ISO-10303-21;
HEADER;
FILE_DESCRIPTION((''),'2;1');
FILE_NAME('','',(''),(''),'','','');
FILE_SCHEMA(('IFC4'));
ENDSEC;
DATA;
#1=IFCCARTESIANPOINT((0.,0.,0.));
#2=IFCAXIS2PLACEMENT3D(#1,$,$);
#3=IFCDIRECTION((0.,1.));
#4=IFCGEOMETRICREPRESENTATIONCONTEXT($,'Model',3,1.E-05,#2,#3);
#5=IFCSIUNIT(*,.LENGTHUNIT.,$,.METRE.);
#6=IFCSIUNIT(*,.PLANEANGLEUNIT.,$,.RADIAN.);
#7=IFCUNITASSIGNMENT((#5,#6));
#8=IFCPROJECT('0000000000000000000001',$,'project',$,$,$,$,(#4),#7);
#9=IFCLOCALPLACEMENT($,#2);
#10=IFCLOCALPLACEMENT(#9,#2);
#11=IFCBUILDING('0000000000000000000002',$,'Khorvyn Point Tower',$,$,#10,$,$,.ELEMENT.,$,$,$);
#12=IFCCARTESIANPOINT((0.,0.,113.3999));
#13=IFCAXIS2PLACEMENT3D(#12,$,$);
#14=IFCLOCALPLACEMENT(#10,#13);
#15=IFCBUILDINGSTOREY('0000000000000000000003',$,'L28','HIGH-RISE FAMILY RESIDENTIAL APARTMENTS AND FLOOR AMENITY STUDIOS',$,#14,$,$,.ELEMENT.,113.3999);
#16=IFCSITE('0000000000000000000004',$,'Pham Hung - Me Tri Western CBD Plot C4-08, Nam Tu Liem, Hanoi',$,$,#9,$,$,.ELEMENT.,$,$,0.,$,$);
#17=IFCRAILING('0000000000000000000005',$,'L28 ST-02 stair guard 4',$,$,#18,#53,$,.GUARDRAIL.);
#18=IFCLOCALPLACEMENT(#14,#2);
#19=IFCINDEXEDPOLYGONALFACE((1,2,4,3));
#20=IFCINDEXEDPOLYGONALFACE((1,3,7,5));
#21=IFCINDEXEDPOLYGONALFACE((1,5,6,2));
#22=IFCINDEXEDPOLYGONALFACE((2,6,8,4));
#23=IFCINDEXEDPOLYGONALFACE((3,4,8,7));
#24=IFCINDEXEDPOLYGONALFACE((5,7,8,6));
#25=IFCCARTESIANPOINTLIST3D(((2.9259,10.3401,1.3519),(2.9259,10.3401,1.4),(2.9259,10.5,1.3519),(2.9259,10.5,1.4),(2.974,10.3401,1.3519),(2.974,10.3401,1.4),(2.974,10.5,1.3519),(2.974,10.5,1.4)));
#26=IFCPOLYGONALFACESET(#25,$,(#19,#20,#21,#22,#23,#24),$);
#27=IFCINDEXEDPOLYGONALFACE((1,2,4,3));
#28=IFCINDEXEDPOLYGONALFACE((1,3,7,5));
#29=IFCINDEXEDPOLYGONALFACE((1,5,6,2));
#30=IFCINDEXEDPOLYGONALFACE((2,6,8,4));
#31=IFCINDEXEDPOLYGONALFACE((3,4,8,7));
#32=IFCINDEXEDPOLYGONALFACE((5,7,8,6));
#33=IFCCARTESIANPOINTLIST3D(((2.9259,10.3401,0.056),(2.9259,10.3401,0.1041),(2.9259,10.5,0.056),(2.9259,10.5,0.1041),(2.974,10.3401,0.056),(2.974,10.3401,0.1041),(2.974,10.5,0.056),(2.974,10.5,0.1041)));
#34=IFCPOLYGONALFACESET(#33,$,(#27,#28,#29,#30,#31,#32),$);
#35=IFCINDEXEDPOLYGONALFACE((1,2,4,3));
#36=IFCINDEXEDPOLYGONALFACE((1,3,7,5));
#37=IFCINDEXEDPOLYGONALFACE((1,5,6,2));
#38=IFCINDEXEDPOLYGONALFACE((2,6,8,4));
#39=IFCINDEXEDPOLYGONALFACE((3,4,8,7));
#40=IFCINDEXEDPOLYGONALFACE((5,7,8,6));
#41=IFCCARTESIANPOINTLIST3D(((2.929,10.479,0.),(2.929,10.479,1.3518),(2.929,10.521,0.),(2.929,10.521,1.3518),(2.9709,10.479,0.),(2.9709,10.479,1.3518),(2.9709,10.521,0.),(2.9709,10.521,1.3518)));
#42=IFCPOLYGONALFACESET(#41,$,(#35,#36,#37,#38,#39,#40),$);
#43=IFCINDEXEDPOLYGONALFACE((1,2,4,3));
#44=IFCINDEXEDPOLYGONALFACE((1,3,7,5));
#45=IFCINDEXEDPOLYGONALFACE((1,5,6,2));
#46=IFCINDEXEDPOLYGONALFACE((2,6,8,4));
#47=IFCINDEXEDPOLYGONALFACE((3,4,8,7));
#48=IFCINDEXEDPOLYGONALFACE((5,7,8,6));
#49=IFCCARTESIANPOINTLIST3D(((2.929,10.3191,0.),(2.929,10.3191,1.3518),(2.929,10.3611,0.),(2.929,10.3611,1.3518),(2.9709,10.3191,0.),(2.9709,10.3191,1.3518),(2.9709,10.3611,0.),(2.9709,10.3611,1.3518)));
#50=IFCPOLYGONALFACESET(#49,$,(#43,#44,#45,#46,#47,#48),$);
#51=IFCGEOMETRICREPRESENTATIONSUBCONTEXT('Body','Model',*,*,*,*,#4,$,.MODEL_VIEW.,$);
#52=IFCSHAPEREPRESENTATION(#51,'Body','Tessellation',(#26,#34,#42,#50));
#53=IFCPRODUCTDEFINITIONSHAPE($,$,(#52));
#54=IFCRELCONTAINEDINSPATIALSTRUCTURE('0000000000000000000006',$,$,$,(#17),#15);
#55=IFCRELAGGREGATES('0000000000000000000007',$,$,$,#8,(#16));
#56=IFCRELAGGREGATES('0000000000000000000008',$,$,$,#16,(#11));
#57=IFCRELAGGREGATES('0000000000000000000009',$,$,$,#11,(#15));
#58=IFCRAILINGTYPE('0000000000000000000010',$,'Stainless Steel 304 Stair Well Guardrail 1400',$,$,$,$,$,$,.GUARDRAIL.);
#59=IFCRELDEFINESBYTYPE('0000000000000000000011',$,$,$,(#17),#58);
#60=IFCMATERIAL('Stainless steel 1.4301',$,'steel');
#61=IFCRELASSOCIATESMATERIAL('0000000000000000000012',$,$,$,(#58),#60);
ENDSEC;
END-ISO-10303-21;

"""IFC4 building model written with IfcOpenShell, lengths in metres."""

from ifc_helpers import new_model, si_unit, direction, frame, origin, origin_2d, place, context, subcontext, project, spatial, rectangle, extrude, material, type_object, element, save


model = new_model("IFC4")

# Units and contexts
model_context = context("Model", 3, precision=1e-05, world=origin(), true_north=direction((0.0, 1.0)))
body_context = subcontext(model_context, "Body", "Model", "MODEL_VIEW")
ifc_project = project(units=[si_unit("LENGTHUNIT", "METRE"), si_unit("PLANEANGLEUNIT", "RADIAN")], contexts=[model_context])

# Site, building, storey
site_placement = place(None, origin())
site = spatial("IfcSite", under=ifc_project, at=site_placement, Name="Pham Hung - Me Tri Western CBD Plot C4-08, Nam Tu Liem, Hanoi", CompositionType="ELEMENT", RefElevation=0.0)
building_placement = place(site_placement, origin())
building = spatial("IfcBuilding", under=site, at=building_placement, Name="Khorvyn Point Tower", CompositionType="ELEMENT")
storey_placement = place(building_placement, frame((0.0, 0.0, 113.3999)))
storey = spatial("IfcBuildingStorey", under=building, at=storey_placement, Name="L28", Description="HIGH-RISE FAMILY RESIDENTIAL APARTMENTS AND FLOOR AMENITY STUDIOS", CompositionType="ELEMENT", Elevation=113.3999)

# Shared definitions
ifc_material_1 = material(Name="Stainless steel 1.4301", Category="steel")

# Railing
railing_type_1 = type_object("IfcRailingType", Name="Stainless Steel 304 Stair Well Guardrail 1400", PredefinedType="GUARDRAIL", material=ifc_material_1)
railing_1_placement = place(storey_placement, frame((2.95, 10.5, 0.0)))
element("IfcRailing", 1, at=railing_1_placement, inside=storey, type_object=railing_type_1, Name="L28 ST-02 stair guard 4", PredefinedType="GUARDRAIL", context=body_context, shape_type="SweptSolid", body=[
    extrude(rectangle(XDim=0.0481, YDim=0.0481, at=origin_2d()), frame((0.0, 0.0, 1.376), z_axis=(0.0, -1.0, 0.0), x_axis=(1.0, 0.0, 0.0)), (0.0, 0.0, 1.0), 0.1599),
    extrude(rectangle(XDim=0.0481, YDim=0.0481, at=origin_2d()), frame((0.0, 0.0, 0.0801), z_axis=(0.0, -1.0, 0.0), x_axis=(1.0, 0.0, 0.0)), (0.0, 0.0, 1.0), 0.1599),
    extrude(rectangle(XDim=0.042, YDim=0.042, at=origin_2d()), origin(), (0.0, 0.0, 1.0), 1.3518),
    extrude(rectangle(XDim=0.042, YDim=0.042, at=origin_2d()), frame((0.0, -0.1599, 0.0)), (0.0, 0.0, 1.0), 1.3518),
])

save(model, "model.ifc")
